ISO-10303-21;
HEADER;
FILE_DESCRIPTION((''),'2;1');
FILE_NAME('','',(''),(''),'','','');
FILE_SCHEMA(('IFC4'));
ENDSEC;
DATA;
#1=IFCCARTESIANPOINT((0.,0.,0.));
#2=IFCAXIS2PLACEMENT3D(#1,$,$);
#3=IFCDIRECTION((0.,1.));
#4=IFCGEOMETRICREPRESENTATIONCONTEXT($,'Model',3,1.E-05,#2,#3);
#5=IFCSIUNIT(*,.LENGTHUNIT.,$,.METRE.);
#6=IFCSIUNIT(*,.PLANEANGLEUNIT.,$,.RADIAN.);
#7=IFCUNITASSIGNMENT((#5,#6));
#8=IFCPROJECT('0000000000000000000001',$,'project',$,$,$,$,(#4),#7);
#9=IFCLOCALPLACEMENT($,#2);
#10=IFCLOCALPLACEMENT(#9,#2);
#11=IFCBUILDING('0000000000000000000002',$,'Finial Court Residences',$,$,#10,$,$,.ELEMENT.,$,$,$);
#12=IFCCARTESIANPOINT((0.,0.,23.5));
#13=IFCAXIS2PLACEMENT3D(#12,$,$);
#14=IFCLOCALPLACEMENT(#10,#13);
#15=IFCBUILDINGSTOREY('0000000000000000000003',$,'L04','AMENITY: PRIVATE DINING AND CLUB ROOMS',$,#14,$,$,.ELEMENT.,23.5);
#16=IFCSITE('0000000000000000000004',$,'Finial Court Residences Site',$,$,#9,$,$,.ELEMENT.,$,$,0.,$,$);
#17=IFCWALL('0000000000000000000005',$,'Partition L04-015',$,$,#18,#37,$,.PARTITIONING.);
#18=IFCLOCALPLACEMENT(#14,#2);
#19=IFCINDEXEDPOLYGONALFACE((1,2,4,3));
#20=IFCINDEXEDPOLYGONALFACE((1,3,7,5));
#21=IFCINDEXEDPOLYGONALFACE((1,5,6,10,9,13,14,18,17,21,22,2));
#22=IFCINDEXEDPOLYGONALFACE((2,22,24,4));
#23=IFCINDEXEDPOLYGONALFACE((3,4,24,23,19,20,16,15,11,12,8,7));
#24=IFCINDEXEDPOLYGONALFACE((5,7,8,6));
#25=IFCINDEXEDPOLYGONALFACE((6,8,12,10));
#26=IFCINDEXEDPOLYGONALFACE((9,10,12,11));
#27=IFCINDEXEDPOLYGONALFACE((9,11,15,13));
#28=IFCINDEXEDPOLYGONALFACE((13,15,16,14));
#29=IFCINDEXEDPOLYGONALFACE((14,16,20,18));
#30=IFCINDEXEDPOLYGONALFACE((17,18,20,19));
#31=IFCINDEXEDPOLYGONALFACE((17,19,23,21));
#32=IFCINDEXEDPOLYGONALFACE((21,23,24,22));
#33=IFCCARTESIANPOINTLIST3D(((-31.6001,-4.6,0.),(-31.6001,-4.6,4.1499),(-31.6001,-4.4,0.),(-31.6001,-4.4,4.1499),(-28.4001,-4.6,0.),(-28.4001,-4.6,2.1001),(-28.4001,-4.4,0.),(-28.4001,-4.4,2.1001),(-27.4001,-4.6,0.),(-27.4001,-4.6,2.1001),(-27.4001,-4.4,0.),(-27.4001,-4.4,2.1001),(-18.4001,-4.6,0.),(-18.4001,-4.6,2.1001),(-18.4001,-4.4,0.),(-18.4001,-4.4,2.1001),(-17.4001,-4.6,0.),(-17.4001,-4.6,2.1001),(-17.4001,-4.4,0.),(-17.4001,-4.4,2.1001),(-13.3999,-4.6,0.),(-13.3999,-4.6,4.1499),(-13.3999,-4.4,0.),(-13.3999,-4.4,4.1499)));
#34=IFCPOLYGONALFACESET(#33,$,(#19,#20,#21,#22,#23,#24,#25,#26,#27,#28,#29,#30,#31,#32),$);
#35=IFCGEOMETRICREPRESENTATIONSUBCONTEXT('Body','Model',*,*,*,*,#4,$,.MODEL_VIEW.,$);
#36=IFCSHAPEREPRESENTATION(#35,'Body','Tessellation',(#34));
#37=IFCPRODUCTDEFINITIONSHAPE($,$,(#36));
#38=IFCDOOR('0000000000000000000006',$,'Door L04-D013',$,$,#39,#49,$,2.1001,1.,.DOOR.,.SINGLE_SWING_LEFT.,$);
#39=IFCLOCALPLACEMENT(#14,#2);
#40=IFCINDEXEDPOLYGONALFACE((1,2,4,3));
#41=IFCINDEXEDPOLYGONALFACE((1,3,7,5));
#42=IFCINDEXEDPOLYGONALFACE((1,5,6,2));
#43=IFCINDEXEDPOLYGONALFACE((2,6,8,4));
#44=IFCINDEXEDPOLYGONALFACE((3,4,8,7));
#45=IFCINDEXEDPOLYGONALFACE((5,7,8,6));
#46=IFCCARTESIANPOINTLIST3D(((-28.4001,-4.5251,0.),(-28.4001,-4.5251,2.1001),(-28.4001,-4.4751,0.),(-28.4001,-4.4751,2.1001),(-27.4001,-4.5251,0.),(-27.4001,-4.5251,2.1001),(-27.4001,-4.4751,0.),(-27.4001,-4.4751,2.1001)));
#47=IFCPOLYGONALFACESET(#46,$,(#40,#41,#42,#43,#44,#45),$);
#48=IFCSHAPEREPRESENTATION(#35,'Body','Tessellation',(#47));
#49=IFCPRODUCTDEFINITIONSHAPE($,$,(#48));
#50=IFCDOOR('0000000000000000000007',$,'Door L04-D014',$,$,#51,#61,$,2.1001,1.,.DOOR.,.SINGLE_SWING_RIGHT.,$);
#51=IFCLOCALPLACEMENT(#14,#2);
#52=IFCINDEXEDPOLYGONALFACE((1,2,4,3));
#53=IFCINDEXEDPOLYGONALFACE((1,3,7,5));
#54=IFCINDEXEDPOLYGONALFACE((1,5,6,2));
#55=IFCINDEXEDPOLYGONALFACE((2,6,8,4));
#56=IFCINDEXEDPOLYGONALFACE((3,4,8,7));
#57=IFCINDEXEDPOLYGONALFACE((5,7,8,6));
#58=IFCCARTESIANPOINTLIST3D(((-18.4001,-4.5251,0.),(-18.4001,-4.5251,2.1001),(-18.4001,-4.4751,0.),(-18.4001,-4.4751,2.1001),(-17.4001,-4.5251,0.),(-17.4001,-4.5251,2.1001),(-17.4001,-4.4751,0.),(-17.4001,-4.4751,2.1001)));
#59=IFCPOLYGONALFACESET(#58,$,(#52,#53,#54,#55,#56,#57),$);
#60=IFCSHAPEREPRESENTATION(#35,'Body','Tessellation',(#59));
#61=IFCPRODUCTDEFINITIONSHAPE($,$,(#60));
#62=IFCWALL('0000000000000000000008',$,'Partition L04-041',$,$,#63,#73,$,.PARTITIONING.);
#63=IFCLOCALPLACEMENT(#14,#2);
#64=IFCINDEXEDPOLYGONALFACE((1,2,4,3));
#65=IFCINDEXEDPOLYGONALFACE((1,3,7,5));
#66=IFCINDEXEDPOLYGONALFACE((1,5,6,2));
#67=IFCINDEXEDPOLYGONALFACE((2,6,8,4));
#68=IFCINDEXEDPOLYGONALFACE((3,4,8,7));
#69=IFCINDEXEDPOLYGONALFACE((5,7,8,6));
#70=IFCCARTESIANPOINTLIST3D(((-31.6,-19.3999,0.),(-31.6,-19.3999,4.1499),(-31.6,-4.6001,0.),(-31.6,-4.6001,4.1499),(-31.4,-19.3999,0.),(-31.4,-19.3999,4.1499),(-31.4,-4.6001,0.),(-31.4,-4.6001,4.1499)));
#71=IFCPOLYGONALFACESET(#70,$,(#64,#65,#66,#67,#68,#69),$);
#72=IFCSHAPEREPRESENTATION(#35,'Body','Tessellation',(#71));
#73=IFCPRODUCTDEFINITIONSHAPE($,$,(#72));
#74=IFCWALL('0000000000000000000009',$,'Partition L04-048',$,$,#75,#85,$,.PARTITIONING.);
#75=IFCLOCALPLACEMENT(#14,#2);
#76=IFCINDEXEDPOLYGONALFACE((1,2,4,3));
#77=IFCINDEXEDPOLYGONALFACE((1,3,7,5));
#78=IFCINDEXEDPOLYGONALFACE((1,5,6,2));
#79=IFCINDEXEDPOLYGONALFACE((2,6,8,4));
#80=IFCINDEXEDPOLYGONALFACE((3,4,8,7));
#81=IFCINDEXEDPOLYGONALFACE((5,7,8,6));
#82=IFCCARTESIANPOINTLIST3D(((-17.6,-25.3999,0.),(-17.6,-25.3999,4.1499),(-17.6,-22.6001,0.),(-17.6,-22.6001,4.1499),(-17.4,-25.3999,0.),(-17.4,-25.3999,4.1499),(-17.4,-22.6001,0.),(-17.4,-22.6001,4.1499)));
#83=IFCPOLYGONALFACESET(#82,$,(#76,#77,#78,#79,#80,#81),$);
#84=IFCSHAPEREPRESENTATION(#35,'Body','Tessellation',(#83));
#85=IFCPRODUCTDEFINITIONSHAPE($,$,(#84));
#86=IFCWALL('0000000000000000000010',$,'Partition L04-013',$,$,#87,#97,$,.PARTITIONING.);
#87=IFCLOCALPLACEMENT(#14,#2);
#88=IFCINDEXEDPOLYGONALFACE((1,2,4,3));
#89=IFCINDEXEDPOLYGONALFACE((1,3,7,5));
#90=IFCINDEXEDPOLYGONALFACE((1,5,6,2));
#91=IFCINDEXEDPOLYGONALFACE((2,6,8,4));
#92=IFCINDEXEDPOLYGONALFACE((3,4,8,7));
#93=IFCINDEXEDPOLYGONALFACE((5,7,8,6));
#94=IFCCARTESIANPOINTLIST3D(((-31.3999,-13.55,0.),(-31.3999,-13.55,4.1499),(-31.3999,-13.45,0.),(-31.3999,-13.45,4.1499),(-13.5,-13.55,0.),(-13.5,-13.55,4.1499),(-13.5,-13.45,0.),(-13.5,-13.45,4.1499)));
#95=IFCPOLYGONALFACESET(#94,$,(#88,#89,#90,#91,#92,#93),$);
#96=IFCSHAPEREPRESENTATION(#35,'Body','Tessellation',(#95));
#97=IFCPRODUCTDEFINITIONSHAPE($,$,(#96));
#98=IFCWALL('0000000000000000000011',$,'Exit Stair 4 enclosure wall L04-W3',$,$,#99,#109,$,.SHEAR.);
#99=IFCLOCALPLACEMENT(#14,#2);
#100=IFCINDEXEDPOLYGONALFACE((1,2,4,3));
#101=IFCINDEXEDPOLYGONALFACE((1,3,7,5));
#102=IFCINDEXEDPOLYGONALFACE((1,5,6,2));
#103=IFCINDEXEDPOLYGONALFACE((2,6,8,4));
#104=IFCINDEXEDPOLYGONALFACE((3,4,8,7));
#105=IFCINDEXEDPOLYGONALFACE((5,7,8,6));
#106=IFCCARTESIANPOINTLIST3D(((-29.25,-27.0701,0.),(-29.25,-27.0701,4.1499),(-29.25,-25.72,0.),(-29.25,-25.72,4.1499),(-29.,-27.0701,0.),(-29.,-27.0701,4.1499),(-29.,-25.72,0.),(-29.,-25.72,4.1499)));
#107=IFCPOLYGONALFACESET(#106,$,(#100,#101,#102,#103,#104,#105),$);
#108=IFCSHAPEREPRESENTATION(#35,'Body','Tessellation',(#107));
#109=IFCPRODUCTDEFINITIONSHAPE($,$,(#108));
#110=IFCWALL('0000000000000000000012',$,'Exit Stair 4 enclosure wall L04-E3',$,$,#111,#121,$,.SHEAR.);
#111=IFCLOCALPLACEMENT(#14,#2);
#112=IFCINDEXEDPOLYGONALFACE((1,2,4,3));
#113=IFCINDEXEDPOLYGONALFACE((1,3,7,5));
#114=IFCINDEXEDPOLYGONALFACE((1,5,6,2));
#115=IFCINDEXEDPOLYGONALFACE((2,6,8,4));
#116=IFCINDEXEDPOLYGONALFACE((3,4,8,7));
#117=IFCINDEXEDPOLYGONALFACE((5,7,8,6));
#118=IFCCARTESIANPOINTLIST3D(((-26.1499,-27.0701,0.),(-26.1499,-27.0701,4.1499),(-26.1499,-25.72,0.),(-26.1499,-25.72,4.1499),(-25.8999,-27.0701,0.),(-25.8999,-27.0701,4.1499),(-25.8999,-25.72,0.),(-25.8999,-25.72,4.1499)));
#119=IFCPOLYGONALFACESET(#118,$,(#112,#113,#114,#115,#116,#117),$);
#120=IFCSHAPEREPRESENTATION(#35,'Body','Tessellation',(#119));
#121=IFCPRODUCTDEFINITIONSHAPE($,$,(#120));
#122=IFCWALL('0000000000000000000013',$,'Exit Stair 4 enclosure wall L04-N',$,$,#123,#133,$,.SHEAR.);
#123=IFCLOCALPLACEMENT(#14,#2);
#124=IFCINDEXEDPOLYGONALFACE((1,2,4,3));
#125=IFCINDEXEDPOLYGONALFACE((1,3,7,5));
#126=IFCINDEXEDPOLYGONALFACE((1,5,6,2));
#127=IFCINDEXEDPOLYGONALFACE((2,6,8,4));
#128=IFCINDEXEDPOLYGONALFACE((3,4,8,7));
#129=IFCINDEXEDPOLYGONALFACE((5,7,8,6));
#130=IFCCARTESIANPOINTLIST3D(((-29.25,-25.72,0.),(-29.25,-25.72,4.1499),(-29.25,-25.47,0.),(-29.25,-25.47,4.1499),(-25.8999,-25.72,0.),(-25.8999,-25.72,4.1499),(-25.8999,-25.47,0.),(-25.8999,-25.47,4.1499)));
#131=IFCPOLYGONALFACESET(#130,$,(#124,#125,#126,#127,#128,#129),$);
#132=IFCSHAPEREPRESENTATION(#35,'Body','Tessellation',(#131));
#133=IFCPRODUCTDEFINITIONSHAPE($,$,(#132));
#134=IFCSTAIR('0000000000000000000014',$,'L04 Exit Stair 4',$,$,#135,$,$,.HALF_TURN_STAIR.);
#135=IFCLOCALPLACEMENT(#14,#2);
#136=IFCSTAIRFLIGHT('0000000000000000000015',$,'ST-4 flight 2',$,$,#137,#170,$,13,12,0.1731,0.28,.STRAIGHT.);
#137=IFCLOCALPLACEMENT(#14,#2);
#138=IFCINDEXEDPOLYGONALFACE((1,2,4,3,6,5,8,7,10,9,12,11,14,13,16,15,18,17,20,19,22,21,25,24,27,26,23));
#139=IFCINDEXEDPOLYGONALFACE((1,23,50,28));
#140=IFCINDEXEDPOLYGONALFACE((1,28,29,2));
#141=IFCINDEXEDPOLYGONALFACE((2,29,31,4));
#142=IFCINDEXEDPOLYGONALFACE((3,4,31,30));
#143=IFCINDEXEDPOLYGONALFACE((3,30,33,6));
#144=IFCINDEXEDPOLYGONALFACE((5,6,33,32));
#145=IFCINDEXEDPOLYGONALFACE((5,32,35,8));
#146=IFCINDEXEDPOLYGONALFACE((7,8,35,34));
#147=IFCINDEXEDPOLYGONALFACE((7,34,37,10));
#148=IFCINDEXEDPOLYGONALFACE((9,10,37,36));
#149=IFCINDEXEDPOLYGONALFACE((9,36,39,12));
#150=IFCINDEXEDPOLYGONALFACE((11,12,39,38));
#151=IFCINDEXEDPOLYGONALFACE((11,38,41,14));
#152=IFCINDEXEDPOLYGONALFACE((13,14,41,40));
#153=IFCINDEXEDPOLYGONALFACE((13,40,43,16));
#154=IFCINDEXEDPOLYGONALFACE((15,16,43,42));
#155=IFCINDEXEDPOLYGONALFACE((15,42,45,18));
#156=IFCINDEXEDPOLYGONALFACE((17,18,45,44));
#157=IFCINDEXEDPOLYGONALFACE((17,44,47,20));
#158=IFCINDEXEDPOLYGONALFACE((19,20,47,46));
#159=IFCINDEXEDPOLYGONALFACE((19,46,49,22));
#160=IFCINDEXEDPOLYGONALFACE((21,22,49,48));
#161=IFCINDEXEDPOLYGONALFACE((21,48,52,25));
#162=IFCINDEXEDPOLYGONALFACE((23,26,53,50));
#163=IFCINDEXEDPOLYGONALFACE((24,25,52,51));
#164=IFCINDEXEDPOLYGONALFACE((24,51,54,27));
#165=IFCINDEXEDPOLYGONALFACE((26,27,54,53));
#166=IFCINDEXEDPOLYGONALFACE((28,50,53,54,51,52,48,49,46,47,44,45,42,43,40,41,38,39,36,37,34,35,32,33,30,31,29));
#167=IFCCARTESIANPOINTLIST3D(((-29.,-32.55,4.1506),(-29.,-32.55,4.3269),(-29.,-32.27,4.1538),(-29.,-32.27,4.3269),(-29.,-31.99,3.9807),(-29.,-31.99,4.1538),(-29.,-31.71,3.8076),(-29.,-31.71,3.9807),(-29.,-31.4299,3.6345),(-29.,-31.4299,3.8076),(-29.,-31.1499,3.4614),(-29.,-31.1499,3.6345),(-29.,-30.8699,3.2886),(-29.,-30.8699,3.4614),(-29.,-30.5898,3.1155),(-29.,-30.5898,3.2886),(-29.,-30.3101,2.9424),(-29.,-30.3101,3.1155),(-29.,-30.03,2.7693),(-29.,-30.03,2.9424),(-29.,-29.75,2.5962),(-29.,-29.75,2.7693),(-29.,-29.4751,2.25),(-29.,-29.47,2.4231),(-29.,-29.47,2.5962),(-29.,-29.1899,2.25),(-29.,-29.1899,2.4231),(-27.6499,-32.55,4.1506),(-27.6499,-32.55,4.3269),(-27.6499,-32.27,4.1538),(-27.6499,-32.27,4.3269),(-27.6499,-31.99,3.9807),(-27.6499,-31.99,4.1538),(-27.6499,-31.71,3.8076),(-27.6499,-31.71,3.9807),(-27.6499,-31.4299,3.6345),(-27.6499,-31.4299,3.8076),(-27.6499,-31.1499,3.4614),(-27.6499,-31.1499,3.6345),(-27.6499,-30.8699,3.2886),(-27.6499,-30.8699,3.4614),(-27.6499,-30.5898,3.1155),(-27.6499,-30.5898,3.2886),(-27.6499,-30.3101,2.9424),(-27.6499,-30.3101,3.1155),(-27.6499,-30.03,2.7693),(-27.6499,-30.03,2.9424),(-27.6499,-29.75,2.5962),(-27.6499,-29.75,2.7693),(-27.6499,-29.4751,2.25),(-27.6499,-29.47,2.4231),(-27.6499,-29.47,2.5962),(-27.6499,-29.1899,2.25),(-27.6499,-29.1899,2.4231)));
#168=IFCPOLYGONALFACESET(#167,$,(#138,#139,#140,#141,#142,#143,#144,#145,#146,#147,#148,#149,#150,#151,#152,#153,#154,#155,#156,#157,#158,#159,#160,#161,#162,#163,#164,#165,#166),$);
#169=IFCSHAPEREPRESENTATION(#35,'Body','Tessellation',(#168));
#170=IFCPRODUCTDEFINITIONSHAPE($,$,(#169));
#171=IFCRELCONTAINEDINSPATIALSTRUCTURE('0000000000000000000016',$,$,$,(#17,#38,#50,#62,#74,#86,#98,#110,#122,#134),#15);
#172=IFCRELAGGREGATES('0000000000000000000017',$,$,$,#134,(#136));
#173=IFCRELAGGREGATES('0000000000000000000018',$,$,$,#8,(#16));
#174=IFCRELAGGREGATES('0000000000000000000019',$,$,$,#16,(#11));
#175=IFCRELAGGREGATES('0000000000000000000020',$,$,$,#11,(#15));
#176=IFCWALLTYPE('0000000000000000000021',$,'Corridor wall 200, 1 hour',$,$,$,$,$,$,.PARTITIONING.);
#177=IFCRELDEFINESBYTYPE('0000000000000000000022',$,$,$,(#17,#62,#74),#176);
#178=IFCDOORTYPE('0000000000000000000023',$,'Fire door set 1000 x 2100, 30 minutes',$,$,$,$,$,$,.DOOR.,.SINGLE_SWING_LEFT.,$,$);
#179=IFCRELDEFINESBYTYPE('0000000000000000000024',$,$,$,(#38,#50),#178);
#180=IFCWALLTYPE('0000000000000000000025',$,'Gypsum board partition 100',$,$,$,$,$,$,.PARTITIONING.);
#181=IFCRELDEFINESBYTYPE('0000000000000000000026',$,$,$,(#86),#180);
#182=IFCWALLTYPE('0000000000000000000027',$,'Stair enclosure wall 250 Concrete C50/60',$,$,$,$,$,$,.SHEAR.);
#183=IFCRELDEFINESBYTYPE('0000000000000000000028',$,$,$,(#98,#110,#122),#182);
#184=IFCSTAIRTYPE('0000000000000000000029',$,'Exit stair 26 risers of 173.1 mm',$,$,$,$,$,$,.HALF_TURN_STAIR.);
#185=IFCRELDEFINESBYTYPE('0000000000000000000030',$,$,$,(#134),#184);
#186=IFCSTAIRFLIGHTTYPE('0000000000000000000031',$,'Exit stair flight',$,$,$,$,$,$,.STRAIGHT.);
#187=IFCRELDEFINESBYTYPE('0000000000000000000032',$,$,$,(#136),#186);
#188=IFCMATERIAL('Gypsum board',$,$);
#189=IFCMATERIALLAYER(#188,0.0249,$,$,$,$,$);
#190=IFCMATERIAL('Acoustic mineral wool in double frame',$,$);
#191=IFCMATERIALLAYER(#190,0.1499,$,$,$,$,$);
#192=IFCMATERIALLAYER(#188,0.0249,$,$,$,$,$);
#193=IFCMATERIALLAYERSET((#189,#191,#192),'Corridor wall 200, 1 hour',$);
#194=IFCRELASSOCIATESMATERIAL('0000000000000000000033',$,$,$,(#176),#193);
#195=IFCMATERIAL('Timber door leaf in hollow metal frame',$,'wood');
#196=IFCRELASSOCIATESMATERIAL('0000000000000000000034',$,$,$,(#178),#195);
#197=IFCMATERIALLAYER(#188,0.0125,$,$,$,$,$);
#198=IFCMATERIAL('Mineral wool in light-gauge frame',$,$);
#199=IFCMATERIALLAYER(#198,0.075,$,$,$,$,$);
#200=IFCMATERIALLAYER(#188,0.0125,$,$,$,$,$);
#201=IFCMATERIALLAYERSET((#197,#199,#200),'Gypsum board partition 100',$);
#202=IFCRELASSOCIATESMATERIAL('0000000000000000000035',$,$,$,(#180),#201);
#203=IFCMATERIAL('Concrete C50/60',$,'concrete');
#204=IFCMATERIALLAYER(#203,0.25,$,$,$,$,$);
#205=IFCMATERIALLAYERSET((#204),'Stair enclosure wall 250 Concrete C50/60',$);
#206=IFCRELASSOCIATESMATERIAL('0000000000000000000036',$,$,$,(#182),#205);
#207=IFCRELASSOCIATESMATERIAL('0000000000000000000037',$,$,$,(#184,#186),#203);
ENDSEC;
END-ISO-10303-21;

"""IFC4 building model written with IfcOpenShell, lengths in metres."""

from ifc_helpers import new_model, si_unit, direction, frame, frame_2d, origin, place, context, subcontext, project, spatial, polyline, rectangle, outline, extrude, material, layer, layer_set, type_object, element, fill, aggregate, save


model = new_model("IFC4")

# Units and contexts
model_context = context("Model", 3, precision=1e-05, world=origin(), true_north=direction((0.0, 1.0)))
body_context = subcontext(model_context, "Body", "Model", "MODEL_VIEW")
ifc_project = project(units=[si_unit("LENGTHUNIT", "METRE"), si_unit("PLANEANGLEUNIT", "RADIAN")], contexts=[model_context])

# Site, building, storey
site_placement = place(None, origin())
site = spatial("IfcSite", under=ifc_project, at=site_placement, Name="Finial Court Residences Site", CompositionType="ELEMENT", RefElevation=0.0)
building_placement = place(site_placement, origin())
building = spatial("IfcBuilding", under=site, at=building_placement, Name="Finial Court Residences", CompositionType="ELEMENT")
storey_placement = place(building_placement, frame((0.0, 0.0, 23.5)))
storey = spatial("IfcBuildingStorey", under=building, at=storey_placement, Name="L04", Description="AMENITY: PRIVATE DINING AND CLUB ROOMS", CompositionType="ELEMENT", Elevation=23.5)

# Shared definitions
ifc_material_1 = material(Name="Concrete C50/60", Category="concrete")

# Shared definitions
ifc_material_2 = material(Name="Gypsum board")
ifc_layer_1 = layer(ifc_material_2, 0.0249)
ifc_material_3 = material(Name="Acoustic mineral wool in double frame")
ifc_layer_2 = layer(ifc_material_3, 0.1499)
ifc_layer_3 = layer(ifc_material_2, 0.0249)
ifc_layer_set_1 = layer_set([ifc_layer_1, ifc_layer_2, ifc_layer_3], Name="Corridor wall 200, 1 hour")
wall_type_1 = type_object("IfcWallType", Name="Corridor wall 200, 1 hour", PredefinedType="PARTITIONING", material=ifc_layer_set_1)

# Wall, openings, doors
ifc_material_4 = material(Name="Timber door leaf in hollow metal frame", Category="wood")
door_type = type_object("IfcDoorType", Name="Fire door set 1000 x 2100, 30 minutes", OperationType="SINGLE_SWING_LEFT", PredefinedType="DOOR", material=ifc_material_4)
wall_1_placement = place(storey_placement, frame((-31.6001, -4.5, 0.0), z_axis=(0.0, 0.0, 1.0), x_axis=(1.0, 0.0, 0.0)))
wall_1 = element("IfcWall", 1, at=wall_1_placement, inside=storey, type_object=wall_type_1, Name="Partition L04-015", PredefinedType="PARTITIONING", context=body_context, shape_type="SweptSolid", body=[
    extrude(rectangle(XDim=18.2002, YDim=0.2, at=frame_2d((9.1001, 0.0))), origin(), (0.0, 0.0, 1.0), 4.1499),
])
opening_1_placement = place(wall_1_placement, frame((3.2, 0.0, 0.0)))
opening_1 = element("IfcOpeningElement", 2, at=opening_1_placement, cuts=wall_1, PredefinedType="OPENING", context=body_context, shape_type="SweptSolid", body=[
    extrude(rectangle(XDim=1.0, YDim=2.1001, at=frame_2d((0.5, 1.05))), frame((0.0, 0.1099, 0.0), z_axis=(0.0, -1.0, 0.0), x_axis=(1.0, 0.0, 0.0)), (0.0, 0.0, 1.0), 0.22),
])
opening_2_placement = place(wall_1_placement, frame((13.2, 0.0, 0.0)))
opening_2 = element("IfcOpeningElement", 3, at=opening_2_placement, cuts=wall_1, PredefinedType="OPENING", context=body_context, shape_type="SweptSolid", body=[
    extrude(rectangle(XDim=1.0, YDim=2.1001, at=frame_2d((0.5, 1.05))), frame((0.0, 0.1099, 0.0), z_axis=(0.0, -1.0, 0.0), x_axis=(1.0, 0.0, 0.0)), (0.0, 0.0, 1.0), 0.22),
])
door_1_placement = place(opening_1_placement, origin())
door_1 = element("IfcDoor", 4, at=door_1_placement, inside=storey, type_object=door_type, Name="Door L04-D013", OperationType="SINGLE_SWING_LEFT", OverallHeight=2.1001, OverallWidth=1.0, PredefinedType="DOOR", context=body_context, shape_type="SweptSolid", body=[
    extrude(rectangle(XDim=1.0, YDim=2.1001, at=frame_2d((0.5, 1.05))), frame((0.0, 0.0249, 0.0), z_axis=(0.0, -1.0, 0.0), x_axis=(1.0, 0.0, 0.0)), (0.0, 0.0, 1.0), 0.05),
])
fill(opening_1, door_1)
door_2_placement = place(opening_2_placement, origin())
door_2 = element("IfcDoor", 5, at=door_2_placement, inside=storey, type_object=door_type, Name="Door L04-D014", OperationType="SINGLE_SWING_RIGHT", OverallHeight=2.1001, OverallWidth=1.0, PredefinedType="DOOR", context=body_context, shape_type="SweptSolid", body=[
    extrude(rectangle(XDim=1.0, YDim=2.1001, at=frame_2d((0.5, 1.05))), frame((0.0, 0.0249, 0.0), z_axis=(0.0, -1.0, 0.0), x_axis=(1.0, 0.0, 0.0)), (0.0, 0.0, 1.0), 0.05),
])
fill(opening_2, door_2)

# Walls
wall_2_placement = place(storey_placement, frame((-31.5, -19.3999, 0.0), z_axis=(0.0, 0.0, 1.0), x_axis=(0.0, 1.0, 0.0)))
element("IfcWall", 6, at=wall_2_placement, inside=storey, type_object=wall_type_1, Name="Partition L04-041", PredefinedType="PARTITIONING", context=body_context, shape_type="SweptSolid", body=[
    extrude(rectangle(XDim=14.7998, YDim=0.2, at=frame_2d((7.3999, 0.0))), origin(), (0.0, 0.0, 1.0), 4.1499),
])
wall_3_placement = place(storey_placement, frame((-17.5, -25.3999, 0.0), z_axis=(0.0, 0.0, 1.0), x_axis=(0.0, 1.0, 0.0)))
element("IfcWall", 7, at=wall_3_placement, inside=storey, type_object=wall_type_1, Name="Partition L04-048", PredefinedType="PARTITIONING", context=body_context, shape_type="SweptSolid", body=[
    extrude(rectangle(XDim=2.7998, YDim=0.2, at=frame_2d((1.3999, 0.0))), origin(), (0.0, 0.0, 1.0), 4.1499),
])
ifc_layer_4 = layer(ifc_material_2, 0.0125)
ifc_material_5 = material(Name="Mineral wool in light-gauge frame")
ifc_layer_5 = layer(ifc_material_5, 0.075)
ifc_layer_6 = layer(ifc_material_2, 0.0125)
ifc_layer_set_2 = layer_set([ifc_layer_4, ifc_layer_5, ifc_layer_6], Name="Gypsum board partition 100")
wall_type_2 = type_object("IfcWallType", Name="Gypsum board partition 100", PredefinedType="PARTITIONING", material=ifc_layer_set_2)
wall_4_placement = place(storey_placement, frame((-31.3999, -13.5, 0.0), z_axis=(0.0, 0.0, 1.0), x_axis=(1.0, 0.0, 0.0)))
element("IfcWall", 8, at=wall_4_placement, inside=storey, type_object=wall_type_2, Name="Partition L04-013", PredefinedType="PARTITIONING", context=body_context, shape_type="SweptSolid", body=[
    extrude(rectangle(XDim=17.8999, YDim=0.1001, at=frame_2d((8.95, 0.0))), origin(), (0.0, 0.0, 1.0), 4.1499),
])
ifc_layer_7 = layer(ifc_material_1, 0.25)
ifc_layer_set_3 = layer_set([ifc_layer_7], Name="Stair enclosure wall 250 Concrete C50/60")
wall_type_3 = type_object("IfcWallType", Name="Stair enclosure wall 250 Concrete C50/60", PredefinedType="SHEAR", material=ifc_layer_set_3)
for number, where, z_axis, x_axis, name in (
    (9, (-29.125, -27.0701, 0.0), (0.0, 0.0, 1.0), (0.0, 1.0, 0.0), "Exit Stair 4 enclosure wall L04-W3"),
    (10, (-26.0249, -27.0701, 0.0), (0.0, 0.0, 1.0), (0.0, 1.0, 0.0), "Exit Stair 4 enclosure wall L04-E3"),
):
    element("IfcWall", number, at=place(storey_placement, frame(where, z_axis=z_axis, x_axis=x_axis)), inside=storey, type_object=wall_type_3, Name=name, PredefinedType="SHEAR", context=body_context, shape_type="SweptSolid", body=[
        extrude(rectangle(XDim=1.3501, YDim=0.25, at=frame_2d((0.675, 0.0))), origin(), (0.0, 0.0, 1.0), 4.1499),
    ])
wall_5_placement = place(storey_placement, frame((-29.25, -25.595, 0.0), z_axis=(0.0, 0.0, 1.0), x_axis=(1.0, 0.0, 0.0)))
element("IfcWall", 11, at=wall_5_placement, inside=storey, type_object=wall_type_3, Name="Exit Stair 4 enclosure wall L04-N", PredefinedType="SHEAR", context=body_context, shape_type="SweptSolid", body=[
    extrude(rectangle(XDim=3.3501, YDim=0.25, at=frame_2d((1.675, 0.0))), origin(), (0.0, 0.0, 1.0), 4.1499),
])

# Stair, stair flight
stair_type = type_object("IfcStairType", Name="Exit stair 26 risers of 173.1 mm", PredefinedType="HALF_TURN_STAIR", material=ifc_material_1)
stair_placement = place(storey_placement, origin())
stair = element("IfcStair", 12, at=stair_placement, inside=storey, type_object=stair_type, Name="L04 Exit Stair 4", PredefinedType="HALF_TURN_STAIR")
stair_flight_type = type_object("IfcStairFlightType", Name="Exit stair flight", PredefinedType="STRAIGHT", material=ifc_material_1)
stair_flight_placement = place(storey_placement, frame((-28.325, -29.1899, 2.25), z_axis=(0.0, 0.0, 1.0), x_axis=(0.0, -1.0, 0.0)))
stair_flight = element("IfcStairFlight", 13, at=stair_flight_placement, type_object=stair_flight_type, Name="ST-4 flight 2", NumberOfRisers=13, NumberOfTreads=12, PredefinedType="STRAIGHT", RiserHeight=0.1731, TreadLength=0.28, context=body_context, shape_type="SweptSolid", body=[
    extrude(outline(polyline([(0.0, 0.0), (0.0, 0.1731), (0.28, 0.1731), (0.28, 0.3462), (0.5601, 0.3462), (0.5601, 0.5193), (0.8401, 0.5193), (0.8401, 0.6924), (1.1201, 0.6924), (1.1201, 0.8655), (1.3999, 0.8655), (1.3999, 1.0386), (1.6799, 1.0386), (1.6799, 1.2114), (1.96, 1.2114), (1.96, 1.3845), (2.24, 1.3845), (2.24, 1.5576), (2.52, 1.5576), (2.52, 1.7307), (2.8, 1.7307), (2.8, 1.9038), (3.0801, 1.9038), (3.0801, 2.0769), (3.3601, 2.0769), (3.3601, 2.25), (3.3601, 1.9006), (0.2852, 0.0), (0.0, 0.0)])), frame((0.0, 0.675, 0.0), z_axis=(0.0, -1.0, 0.0), x_axis=(1.0, 0.0, 0.0)), (0.0, 0.0, 1.0), 1.3501),
])
aggregate(stair, [stair_flight])

save(model, "model.ifc")
